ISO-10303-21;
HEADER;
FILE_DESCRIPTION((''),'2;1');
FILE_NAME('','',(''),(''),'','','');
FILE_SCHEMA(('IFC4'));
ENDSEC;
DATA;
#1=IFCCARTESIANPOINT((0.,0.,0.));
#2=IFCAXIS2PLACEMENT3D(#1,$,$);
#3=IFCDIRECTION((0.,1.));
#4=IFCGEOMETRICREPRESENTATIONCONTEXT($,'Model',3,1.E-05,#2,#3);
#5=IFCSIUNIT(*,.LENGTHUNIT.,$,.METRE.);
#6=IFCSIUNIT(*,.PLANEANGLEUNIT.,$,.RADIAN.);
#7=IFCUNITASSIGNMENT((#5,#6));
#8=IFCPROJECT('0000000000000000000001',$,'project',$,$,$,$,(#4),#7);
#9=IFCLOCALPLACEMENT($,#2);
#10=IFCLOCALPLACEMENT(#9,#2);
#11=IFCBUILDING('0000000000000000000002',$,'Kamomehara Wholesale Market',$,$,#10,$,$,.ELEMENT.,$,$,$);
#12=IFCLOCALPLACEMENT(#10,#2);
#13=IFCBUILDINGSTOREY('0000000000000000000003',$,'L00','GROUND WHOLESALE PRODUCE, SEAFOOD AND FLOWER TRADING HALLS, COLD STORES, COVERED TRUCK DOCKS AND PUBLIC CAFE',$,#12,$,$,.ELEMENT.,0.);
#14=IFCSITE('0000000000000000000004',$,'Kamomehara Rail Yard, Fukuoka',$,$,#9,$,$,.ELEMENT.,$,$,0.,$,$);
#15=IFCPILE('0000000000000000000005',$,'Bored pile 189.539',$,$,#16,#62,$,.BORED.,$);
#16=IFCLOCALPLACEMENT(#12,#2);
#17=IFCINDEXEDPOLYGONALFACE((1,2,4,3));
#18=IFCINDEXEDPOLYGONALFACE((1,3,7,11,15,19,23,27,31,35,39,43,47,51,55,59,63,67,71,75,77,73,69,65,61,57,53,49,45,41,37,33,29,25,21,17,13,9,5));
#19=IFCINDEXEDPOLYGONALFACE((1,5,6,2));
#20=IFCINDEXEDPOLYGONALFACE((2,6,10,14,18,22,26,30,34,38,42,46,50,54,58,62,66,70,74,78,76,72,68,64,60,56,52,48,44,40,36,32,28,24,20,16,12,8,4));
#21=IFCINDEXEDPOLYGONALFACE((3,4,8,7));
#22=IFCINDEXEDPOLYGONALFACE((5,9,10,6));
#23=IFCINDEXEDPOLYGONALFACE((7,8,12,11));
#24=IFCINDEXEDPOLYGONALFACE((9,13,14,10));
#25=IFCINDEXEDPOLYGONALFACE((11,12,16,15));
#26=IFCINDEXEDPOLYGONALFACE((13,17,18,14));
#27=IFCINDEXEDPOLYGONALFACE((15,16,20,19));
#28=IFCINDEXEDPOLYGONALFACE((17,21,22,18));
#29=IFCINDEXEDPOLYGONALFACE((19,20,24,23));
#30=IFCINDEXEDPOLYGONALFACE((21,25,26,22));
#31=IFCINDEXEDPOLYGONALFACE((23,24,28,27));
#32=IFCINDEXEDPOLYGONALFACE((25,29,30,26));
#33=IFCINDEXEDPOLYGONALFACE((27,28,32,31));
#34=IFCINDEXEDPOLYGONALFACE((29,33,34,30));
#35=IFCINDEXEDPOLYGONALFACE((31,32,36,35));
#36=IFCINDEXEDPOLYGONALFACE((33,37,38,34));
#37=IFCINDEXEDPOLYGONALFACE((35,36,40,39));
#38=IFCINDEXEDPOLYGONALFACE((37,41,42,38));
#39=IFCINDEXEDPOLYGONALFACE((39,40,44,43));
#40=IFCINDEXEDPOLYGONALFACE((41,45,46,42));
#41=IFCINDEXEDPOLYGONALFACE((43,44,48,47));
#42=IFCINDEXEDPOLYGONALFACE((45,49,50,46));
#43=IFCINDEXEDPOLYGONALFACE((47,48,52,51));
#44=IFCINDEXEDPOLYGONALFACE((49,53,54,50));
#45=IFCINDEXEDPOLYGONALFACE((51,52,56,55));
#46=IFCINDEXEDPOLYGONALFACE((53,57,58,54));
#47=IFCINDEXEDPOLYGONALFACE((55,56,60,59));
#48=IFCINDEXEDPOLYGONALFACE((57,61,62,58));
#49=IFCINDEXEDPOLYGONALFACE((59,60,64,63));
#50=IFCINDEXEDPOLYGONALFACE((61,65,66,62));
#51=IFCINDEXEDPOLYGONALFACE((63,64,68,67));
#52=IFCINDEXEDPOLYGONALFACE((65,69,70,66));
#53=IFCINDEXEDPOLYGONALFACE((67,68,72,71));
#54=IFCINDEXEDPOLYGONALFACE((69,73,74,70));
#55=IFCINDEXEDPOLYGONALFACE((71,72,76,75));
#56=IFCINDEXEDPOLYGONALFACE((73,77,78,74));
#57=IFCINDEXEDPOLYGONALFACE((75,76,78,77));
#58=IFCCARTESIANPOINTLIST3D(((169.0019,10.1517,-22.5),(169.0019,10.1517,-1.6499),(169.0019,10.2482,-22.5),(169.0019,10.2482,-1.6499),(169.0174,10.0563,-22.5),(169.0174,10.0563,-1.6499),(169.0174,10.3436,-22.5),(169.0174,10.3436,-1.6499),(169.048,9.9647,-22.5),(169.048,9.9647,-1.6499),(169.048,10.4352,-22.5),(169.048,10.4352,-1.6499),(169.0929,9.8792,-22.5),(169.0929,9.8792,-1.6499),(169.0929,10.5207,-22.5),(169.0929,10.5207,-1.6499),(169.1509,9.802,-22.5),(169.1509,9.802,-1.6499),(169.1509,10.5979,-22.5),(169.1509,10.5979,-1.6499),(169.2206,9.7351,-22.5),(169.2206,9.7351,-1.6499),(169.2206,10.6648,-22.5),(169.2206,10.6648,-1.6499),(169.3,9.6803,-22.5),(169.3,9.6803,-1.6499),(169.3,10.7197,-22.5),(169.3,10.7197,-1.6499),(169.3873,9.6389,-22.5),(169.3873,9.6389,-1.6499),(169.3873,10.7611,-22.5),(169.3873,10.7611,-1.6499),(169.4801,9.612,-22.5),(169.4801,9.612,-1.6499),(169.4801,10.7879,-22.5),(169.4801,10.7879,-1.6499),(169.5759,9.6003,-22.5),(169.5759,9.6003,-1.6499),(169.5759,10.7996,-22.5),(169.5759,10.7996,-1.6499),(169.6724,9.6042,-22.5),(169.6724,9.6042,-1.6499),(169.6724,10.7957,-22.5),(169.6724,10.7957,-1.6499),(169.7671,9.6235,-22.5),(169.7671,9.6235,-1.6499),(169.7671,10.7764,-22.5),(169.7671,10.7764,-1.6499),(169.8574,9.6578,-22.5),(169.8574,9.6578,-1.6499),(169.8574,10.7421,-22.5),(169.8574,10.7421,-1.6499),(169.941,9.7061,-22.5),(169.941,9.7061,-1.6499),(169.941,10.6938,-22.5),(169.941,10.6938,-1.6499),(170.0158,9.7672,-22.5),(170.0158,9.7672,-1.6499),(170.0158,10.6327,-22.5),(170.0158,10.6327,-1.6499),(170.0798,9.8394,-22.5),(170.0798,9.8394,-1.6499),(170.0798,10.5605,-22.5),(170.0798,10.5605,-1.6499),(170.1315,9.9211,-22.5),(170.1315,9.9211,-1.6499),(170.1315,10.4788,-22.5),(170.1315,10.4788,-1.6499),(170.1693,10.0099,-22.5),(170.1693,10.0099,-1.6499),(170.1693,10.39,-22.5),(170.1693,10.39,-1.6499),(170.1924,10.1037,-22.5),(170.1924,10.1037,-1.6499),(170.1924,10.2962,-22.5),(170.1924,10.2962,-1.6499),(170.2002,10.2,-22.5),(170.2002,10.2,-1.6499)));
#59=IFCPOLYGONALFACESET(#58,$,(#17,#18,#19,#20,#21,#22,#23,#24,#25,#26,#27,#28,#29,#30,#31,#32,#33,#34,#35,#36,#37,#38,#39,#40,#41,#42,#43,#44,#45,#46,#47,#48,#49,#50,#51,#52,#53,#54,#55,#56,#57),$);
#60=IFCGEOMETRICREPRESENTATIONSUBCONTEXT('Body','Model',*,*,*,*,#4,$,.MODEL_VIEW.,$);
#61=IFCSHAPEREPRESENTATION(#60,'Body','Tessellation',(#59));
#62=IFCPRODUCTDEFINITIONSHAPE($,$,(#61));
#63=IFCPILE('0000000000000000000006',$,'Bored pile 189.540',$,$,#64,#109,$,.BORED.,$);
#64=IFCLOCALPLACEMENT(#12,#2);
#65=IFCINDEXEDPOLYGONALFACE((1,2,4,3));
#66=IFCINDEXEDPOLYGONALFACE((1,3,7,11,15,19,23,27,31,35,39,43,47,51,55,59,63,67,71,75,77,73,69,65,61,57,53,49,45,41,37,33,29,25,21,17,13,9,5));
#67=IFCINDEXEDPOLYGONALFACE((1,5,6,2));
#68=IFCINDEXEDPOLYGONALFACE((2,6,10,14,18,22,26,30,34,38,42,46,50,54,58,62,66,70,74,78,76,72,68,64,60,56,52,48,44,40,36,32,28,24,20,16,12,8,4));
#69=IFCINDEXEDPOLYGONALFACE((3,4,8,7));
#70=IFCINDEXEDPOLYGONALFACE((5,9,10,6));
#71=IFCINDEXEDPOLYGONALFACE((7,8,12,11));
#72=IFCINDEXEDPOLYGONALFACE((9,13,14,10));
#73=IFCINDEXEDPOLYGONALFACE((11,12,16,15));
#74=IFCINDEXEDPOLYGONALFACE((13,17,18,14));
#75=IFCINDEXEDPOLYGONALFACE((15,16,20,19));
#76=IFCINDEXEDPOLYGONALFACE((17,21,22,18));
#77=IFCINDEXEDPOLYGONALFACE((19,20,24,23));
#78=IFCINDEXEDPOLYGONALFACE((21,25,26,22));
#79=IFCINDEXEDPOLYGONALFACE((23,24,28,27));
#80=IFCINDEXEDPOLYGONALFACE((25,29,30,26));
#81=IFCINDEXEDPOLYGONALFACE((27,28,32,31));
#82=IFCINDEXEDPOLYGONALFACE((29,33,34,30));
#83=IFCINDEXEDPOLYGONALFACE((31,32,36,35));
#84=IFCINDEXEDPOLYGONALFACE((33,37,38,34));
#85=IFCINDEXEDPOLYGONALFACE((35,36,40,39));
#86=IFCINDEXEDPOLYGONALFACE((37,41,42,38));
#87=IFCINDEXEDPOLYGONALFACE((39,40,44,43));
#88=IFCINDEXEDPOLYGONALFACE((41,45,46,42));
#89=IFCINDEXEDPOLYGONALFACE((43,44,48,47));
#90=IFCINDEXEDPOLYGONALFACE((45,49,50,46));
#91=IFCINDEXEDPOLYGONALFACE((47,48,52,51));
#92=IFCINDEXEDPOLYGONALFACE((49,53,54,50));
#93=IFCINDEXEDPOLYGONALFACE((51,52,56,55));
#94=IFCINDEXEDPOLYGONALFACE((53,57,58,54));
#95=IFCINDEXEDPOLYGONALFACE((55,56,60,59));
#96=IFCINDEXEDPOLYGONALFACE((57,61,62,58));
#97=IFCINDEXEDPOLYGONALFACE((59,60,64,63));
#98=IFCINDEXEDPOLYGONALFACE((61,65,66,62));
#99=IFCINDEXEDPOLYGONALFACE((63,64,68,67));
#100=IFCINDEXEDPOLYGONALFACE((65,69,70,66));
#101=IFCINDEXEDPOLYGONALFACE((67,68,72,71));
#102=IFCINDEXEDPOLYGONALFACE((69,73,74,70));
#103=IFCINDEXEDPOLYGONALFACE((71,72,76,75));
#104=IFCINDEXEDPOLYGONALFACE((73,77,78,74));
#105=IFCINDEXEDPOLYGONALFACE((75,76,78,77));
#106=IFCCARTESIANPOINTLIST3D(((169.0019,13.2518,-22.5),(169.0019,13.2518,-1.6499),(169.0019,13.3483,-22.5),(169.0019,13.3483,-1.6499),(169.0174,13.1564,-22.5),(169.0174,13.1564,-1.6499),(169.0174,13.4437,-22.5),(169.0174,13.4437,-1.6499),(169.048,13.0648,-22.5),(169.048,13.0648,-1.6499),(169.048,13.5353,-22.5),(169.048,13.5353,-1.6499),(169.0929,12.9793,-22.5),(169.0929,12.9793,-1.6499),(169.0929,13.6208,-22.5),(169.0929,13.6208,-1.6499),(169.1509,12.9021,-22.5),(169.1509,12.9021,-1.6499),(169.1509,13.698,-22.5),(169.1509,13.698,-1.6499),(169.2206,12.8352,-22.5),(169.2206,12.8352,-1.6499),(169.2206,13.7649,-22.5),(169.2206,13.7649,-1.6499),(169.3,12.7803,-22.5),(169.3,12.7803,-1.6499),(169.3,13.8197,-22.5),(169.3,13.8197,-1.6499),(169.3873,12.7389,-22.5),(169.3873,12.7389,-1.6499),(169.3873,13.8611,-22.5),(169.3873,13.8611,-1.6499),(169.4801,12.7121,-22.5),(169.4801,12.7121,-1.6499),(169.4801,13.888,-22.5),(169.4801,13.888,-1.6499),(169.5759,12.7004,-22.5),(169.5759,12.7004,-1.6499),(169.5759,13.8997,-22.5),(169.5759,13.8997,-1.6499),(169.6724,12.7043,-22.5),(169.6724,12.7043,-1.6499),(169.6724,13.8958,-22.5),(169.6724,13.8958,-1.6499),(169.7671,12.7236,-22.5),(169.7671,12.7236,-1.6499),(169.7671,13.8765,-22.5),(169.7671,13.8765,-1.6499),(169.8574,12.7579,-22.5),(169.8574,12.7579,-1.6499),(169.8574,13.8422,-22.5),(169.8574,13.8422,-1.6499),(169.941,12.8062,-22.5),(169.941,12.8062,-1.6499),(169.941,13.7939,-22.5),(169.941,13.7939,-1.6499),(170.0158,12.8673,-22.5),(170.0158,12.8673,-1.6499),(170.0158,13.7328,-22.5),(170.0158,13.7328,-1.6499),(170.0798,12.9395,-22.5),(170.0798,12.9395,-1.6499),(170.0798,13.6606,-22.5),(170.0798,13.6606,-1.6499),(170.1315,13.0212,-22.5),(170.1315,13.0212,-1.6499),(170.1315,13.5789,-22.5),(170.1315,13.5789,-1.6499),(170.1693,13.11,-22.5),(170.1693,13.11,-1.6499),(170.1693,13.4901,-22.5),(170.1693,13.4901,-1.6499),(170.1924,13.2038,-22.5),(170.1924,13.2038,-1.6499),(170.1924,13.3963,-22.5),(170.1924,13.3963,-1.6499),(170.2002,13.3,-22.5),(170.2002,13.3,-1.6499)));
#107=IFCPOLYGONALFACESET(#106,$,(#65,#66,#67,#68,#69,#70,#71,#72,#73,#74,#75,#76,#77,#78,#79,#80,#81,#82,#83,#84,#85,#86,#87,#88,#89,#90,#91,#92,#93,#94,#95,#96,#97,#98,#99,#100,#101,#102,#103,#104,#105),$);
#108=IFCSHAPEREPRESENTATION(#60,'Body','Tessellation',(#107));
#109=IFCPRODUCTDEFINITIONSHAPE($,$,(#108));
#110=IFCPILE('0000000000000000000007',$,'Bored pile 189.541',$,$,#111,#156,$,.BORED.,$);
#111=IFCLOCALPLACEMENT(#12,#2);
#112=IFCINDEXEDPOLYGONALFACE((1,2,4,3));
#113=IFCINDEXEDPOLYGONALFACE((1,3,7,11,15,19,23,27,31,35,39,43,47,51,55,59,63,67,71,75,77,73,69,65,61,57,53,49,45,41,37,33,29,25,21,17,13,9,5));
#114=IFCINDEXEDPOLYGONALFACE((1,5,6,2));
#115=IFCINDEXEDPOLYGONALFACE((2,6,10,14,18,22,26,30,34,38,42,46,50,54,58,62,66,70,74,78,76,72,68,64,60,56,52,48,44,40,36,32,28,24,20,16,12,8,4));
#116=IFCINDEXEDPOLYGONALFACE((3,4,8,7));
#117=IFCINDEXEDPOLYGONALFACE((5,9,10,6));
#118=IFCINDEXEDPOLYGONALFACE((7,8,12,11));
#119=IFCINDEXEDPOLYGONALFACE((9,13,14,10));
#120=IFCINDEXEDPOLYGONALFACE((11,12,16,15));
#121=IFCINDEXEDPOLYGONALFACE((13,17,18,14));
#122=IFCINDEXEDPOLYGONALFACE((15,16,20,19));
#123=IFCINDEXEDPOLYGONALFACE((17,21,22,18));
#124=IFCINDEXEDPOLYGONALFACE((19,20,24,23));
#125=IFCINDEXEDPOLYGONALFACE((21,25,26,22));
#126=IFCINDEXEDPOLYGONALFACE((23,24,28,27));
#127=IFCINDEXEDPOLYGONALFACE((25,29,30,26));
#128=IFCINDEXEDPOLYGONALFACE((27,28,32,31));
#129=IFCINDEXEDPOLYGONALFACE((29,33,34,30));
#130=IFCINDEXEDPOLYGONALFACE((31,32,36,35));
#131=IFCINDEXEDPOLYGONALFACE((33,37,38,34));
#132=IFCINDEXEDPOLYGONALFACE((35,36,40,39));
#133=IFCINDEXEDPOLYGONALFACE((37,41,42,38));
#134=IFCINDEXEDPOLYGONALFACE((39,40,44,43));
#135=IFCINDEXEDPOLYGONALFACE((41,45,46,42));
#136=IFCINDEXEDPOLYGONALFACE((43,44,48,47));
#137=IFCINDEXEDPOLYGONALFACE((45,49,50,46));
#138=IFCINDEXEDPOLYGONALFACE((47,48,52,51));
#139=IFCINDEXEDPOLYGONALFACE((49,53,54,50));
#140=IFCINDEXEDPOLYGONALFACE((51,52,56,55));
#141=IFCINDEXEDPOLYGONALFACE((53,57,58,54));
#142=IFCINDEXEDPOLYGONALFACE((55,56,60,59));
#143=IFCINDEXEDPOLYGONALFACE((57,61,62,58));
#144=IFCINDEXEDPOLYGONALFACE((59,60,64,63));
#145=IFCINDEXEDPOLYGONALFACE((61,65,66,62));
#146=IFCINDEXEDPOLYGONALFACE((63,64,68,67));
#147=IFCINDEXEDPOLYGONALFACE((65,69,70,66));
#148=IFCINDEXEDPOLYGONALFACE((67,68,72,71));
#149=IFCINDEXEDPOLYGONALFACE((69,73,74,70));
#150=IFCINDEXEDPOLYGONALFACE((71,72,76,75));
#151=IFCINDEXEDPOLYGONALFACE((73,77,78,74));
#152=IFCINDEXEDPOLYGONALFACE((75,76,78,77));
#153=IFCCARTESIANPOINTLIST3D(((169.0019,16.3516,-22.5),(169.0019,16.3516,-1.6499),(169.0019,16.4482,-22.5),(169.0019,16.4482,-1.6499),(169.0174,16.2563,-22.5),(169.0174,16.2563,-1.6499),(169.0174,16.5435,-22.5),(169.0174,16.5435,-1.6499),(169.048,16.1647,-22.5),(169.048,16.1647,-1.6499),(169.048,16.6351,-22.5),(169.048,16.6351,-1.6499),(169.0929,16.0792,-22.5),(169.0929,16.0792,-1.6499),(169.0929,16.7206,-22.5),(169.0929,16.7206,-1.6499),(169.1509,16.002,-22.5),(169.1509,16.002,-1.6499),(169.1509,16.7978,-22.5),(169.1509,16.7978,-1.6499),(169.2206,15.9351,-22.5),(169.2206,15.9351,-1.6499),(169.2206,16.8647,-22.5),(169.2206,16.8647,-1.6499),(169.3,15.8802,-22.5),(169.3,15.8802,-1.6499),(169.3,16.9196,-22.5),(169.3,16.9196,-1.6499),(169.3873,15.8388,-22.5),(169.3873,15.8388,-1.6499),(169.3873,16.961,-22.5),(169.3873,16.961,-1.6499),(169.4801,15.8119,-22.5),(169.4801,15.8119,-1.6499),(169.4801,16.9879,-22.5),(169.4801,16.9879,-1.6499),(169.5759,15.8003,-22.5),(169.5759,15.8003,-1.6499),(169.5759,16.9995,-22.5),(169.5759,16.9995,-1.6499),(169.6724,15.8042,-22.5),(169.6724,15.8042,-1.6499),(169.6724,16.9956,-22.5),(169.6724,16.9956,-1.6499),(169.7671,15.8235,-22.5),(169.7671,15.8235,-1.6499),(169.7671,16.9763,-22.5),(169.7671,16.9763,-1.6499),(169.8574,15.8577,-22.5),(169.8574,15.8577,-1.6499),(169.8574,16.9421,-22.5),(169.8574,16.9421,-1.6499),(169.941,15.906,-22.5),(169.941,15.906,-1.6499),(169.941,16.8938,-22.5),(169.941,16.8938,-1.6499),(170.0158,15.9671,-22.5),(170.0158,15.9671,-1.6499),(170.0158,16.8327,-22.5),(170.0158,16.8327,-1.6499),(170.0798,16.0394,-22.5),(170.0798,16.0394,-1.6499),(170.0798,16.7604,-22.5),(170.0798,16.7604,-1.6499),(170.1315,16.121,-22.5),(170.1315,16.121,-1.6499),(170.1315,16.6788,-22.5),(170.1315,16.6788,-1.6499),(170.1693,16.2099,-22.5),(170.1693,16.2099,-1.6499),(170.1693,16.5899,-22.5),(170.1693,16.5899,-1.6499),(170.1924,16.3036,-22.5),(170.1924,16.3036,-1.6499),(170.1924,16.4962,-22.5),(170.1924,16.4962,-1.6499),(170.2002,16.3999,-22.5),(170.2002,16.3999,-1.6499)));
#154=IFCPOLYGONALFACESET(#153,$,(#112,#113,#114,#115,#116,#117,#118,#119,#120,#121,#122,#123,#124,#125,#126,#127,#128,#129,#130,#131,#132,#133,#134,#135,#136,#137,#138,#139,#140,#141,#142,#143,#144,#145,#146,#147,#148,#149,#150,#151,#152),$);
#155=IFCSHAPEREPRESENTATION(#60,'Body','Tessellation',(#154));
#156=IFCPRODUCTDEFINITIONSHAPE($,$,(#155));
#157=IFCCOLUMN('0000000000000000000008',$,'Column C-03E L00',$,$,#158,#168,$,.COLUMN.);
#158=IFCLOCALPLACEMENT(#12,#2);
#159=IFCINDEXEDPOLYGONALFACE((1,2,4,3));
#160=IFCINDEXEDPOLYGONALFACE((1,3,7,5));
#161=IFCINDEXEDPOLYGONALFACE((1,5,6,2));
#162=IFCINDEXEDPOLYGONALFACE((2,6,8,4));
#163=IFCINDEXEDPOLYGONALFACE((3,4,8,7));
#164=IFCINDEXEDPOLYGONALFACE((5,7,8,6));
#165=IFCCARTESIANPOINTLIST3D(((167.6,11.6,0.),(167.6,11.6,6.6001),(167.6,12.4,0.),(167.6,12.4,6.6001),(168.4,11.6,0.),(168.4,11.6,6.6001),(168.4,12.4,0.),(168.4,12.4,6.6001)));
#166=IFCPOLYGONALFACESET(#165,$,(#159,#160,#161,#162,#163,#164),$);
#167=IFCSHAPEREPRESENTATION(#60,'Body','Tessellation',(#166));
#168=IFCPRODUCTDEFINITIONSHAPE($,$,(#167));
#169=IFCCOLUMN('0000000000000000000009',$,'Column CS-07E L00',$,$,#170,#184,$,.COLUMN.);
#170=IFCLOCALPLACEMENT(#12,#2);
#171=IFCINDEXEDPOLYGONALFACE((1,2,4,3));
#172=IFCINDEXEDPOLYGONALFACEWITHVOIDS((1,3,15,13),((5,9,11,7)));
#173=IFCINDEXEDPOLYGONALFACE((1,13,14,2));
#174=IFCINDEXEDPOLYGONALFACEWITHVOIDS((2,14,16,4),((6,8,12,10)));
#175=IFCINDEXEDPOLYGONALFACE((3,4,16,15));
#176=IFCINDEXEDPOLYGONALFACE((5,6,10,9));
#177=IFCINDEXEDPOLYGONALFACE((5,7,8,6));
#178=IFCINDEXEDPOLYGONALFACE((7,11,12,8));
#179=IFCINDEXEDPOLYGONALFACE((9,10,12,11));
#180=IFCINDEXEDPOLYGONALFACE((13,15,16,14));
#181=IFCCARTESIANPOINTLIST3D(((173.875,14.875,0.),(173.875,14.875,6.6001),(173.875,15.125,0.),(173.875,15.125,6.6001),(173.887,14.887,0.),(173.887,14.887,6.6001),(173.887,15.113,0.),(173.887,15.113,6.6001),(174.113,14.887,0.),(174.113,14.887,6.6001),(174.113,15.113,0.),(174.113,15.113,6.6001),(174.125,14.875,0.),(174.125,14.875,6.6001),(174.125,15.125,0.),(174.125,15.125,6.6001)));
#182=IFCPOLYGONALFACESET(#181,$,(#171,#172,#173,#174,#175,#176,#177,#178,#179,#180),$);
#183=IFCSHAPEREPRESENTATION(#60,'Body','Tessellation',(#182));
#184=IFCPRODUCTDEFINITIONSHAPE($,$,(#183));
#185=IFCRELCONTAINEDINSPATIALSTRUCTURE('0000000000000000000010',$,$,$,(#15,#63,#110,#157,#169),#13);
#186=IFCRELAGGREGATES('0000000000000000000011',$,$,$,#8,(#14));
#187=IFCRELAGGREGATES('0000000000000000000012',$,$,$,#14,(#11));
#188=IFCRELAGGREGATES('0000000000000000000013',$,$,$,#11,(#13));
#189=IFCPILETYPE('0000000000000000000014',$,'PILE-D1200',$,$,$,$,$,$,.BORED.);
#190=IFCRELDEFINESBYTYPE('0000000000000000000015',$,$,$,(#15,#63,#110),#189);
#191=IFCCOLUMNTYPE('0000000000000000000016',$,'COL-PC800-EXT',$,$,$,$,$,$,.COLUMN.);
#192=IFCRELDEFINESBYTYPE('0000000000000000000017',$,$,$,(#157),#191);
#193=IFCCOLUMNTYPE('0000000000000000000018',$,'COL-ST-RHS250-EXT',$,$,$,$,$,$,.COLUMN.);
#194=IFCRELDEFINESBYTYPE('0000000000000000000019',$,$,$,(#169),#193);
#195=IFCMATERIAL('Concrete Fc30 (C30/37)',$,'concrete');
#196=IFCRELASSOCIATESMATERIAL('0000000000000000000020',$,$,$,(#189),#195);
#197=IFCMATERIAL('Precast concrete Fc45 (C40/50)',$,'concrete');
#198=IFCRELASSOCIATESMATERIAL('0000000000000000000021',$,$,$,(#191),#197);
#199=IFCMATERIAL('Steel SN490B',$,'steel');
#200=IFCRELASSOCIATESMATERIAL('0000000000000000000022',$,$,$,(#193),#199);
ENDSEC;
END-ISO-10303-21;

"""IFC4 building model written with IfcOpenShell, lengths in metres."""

from ifc_helpers import new_model, si_unit, direction, frame, origin, origin_2d, place, context, subcontext, project, spatial, rectangle, hollow_rectangle, circle, extrude, material, material_profile, profile_set, type_object, element, save


model = new_model("IFC4")

# Units and contexts
model_context = context("Model", 3, precision=1e-05, world=origin(), true_north=direction((0.0, 1.0)))
body_context = subcontext(model_context, "Body", "Model", "MODEL_VIEW")
ifc_project = project(units=[si_unit("LENGTHUNIT", "METRE"), si_unit("PLANEANGLEUNIT", "RADIAN")], contexts=[model_context])

# Site, building, storey
site_placement = place(None, origin())
site = spatial("IfcSite", under=ifc_project, at=site_placement, Name="Kamomehara Rail Yard, Fukuoka", CompositionType="ELEMENT", RefElevation=0.0)
building_placement = place(site_placement, origin())
building = spatial("IfcBuilding", under=site, at=building_placement, Name="Kamomehara Wholesale Market", CompositionType="ELEMENT")
storey_placement = place(building_placement, origin())
storey = spatial("IfcBuildingStorey", under=building, at=storey_placement, Name="L00", Description="GROUND WHOLESALE PRODUCE, SEAFOOD AND FLOWER TRADING HALLS, COLD STORES, COVERED TRUCK DOCKS AND PUBLIC CAFE", CompositionType="ELEMENT", Elevation=0.0)

# Piles
ifc_material_1 = material(Name="Concrete Fc30 (C30/37)", Category="concrete")
ifc_material_profile_1 = material_profile(ifc_material_1, circle(Radius=0.6001, at=origin_2d()), Name="RC-PILE-D1200")
ifc_profile_set_1 = profile_set([ifc_material_profile_1], Name="Concrete Fc30 (C30/37)")
pile_type_1 = type_object("IfcPileType", Name="PILE-D1200", PredefinedType="BORED", material=ifc_profile_set_1)
for number, where, z_axis, x_axis, name in (
    (1, (169.6001, 10.2, -1.6499), (0.0, 0.0, -1.0), (1.0, 0.0, 0.0), "Bored pile 189.539"),
    (2, (169.6001, 13.3, -1.6499), (0.0, 0.0, -1.0), (1.0, 0.0, 0.0), "Bored pile 189.540"),
    (3, (169.6001, 16.3999, -1.6499), (0.0, 0.0, -1.0), (1.0, 0.0, 0.0), "Bored pile 189.541"),
):
    element("IfcPile", number, at=place(storey_placement, frame(where, z_axis=z_axis, x_axis=x_axis)), inside=storey, type_object=pile_type_1, Name=name, PredefinedType="BORED", context=body_context, shape_type="SweptSolid", body=[
        extrude(circle(Radius=0.6001, at=origin_2d()), origin(), (0.0, 0.0, 1.0), 20.8501),
    ])

# Columns
ifc_material_2 = material(Name="Precast concrete Fc45 (C40/50)", Category="concrete")
ifc_material_profile_2 = material_profile(ifc_material_2, rectangle(XDim=0.8, YDim=0.8, at=origin_2d()), Name="PC-COL-800x800")
ifc_profile_set_2 = profile_set([ifc_material_profile_2], Name="Precast concrete Fc45 (C40/50)")
column_type_1 = type_object("IfcColumnType", Name="COL-PC800-EXT", PredefinedType="COLUMN", material=ifc_profile_set_2)
column_1_placement = place(storey_placement, frame((168.0, 12.0, 0.0), z_axis=(0.0, 0.0, 1.0), x_axis=(1.0, 0.0, 0.0)))
element("IfcColumn", 4, at=column_1_placement, inside=storey, type_object=column_type_1, Name="Column C-03E L00", PredefinedType="COLUMN", context=body_context, shape_type="SweptSolid", body=[
    extrude(rectangle(XDim=0.8, YDim=0.8, at=origin_2d()), origin(), (0.0, 0.0, 1.0), 6.6001),
])
ifc_material_3 = material(Name="Steel SN490B", Category="steel")
ifc_material_profile_3 = material_profile(ifc_material_3, hollow_rectangle(XDim=0.25, YDim=0.25, WallThickness=0.012, at=origin_2d()), Name="RHS-250x250x12")
ifc_profile_set_3 = profile_set([ifc_material_profile_3], Name="Steel SN490B")
column_type_2 = type_object("IfcColumnType", Name="COL-ST-RHS250-EXT", PredefinedType="COLUMN", material=ifc_profile_set_3)
column_2_placement = place(storey_placement, frame((174.0, 15.0, 0.0), z_axis=(0.0, 0.0, 1.0), x_axis=(1.0, 0.0, 0.0)))
element("IfcColumn", 5, at=column_2_placement, inside=storey, type_object=column_type_2, Name="Column CS-07E L00", PredefinedType="COLUMN", context=body_context, shape_type="SweptSolid", body=[
    extrude(hollow_rectangle(XDim=0.25, YDim=0.25, WallThickness=0.012, at=origin_2d()), origin(), (0.0, 0.0, 1.0), 6.6001),
])

save(model, "model.ifc")
